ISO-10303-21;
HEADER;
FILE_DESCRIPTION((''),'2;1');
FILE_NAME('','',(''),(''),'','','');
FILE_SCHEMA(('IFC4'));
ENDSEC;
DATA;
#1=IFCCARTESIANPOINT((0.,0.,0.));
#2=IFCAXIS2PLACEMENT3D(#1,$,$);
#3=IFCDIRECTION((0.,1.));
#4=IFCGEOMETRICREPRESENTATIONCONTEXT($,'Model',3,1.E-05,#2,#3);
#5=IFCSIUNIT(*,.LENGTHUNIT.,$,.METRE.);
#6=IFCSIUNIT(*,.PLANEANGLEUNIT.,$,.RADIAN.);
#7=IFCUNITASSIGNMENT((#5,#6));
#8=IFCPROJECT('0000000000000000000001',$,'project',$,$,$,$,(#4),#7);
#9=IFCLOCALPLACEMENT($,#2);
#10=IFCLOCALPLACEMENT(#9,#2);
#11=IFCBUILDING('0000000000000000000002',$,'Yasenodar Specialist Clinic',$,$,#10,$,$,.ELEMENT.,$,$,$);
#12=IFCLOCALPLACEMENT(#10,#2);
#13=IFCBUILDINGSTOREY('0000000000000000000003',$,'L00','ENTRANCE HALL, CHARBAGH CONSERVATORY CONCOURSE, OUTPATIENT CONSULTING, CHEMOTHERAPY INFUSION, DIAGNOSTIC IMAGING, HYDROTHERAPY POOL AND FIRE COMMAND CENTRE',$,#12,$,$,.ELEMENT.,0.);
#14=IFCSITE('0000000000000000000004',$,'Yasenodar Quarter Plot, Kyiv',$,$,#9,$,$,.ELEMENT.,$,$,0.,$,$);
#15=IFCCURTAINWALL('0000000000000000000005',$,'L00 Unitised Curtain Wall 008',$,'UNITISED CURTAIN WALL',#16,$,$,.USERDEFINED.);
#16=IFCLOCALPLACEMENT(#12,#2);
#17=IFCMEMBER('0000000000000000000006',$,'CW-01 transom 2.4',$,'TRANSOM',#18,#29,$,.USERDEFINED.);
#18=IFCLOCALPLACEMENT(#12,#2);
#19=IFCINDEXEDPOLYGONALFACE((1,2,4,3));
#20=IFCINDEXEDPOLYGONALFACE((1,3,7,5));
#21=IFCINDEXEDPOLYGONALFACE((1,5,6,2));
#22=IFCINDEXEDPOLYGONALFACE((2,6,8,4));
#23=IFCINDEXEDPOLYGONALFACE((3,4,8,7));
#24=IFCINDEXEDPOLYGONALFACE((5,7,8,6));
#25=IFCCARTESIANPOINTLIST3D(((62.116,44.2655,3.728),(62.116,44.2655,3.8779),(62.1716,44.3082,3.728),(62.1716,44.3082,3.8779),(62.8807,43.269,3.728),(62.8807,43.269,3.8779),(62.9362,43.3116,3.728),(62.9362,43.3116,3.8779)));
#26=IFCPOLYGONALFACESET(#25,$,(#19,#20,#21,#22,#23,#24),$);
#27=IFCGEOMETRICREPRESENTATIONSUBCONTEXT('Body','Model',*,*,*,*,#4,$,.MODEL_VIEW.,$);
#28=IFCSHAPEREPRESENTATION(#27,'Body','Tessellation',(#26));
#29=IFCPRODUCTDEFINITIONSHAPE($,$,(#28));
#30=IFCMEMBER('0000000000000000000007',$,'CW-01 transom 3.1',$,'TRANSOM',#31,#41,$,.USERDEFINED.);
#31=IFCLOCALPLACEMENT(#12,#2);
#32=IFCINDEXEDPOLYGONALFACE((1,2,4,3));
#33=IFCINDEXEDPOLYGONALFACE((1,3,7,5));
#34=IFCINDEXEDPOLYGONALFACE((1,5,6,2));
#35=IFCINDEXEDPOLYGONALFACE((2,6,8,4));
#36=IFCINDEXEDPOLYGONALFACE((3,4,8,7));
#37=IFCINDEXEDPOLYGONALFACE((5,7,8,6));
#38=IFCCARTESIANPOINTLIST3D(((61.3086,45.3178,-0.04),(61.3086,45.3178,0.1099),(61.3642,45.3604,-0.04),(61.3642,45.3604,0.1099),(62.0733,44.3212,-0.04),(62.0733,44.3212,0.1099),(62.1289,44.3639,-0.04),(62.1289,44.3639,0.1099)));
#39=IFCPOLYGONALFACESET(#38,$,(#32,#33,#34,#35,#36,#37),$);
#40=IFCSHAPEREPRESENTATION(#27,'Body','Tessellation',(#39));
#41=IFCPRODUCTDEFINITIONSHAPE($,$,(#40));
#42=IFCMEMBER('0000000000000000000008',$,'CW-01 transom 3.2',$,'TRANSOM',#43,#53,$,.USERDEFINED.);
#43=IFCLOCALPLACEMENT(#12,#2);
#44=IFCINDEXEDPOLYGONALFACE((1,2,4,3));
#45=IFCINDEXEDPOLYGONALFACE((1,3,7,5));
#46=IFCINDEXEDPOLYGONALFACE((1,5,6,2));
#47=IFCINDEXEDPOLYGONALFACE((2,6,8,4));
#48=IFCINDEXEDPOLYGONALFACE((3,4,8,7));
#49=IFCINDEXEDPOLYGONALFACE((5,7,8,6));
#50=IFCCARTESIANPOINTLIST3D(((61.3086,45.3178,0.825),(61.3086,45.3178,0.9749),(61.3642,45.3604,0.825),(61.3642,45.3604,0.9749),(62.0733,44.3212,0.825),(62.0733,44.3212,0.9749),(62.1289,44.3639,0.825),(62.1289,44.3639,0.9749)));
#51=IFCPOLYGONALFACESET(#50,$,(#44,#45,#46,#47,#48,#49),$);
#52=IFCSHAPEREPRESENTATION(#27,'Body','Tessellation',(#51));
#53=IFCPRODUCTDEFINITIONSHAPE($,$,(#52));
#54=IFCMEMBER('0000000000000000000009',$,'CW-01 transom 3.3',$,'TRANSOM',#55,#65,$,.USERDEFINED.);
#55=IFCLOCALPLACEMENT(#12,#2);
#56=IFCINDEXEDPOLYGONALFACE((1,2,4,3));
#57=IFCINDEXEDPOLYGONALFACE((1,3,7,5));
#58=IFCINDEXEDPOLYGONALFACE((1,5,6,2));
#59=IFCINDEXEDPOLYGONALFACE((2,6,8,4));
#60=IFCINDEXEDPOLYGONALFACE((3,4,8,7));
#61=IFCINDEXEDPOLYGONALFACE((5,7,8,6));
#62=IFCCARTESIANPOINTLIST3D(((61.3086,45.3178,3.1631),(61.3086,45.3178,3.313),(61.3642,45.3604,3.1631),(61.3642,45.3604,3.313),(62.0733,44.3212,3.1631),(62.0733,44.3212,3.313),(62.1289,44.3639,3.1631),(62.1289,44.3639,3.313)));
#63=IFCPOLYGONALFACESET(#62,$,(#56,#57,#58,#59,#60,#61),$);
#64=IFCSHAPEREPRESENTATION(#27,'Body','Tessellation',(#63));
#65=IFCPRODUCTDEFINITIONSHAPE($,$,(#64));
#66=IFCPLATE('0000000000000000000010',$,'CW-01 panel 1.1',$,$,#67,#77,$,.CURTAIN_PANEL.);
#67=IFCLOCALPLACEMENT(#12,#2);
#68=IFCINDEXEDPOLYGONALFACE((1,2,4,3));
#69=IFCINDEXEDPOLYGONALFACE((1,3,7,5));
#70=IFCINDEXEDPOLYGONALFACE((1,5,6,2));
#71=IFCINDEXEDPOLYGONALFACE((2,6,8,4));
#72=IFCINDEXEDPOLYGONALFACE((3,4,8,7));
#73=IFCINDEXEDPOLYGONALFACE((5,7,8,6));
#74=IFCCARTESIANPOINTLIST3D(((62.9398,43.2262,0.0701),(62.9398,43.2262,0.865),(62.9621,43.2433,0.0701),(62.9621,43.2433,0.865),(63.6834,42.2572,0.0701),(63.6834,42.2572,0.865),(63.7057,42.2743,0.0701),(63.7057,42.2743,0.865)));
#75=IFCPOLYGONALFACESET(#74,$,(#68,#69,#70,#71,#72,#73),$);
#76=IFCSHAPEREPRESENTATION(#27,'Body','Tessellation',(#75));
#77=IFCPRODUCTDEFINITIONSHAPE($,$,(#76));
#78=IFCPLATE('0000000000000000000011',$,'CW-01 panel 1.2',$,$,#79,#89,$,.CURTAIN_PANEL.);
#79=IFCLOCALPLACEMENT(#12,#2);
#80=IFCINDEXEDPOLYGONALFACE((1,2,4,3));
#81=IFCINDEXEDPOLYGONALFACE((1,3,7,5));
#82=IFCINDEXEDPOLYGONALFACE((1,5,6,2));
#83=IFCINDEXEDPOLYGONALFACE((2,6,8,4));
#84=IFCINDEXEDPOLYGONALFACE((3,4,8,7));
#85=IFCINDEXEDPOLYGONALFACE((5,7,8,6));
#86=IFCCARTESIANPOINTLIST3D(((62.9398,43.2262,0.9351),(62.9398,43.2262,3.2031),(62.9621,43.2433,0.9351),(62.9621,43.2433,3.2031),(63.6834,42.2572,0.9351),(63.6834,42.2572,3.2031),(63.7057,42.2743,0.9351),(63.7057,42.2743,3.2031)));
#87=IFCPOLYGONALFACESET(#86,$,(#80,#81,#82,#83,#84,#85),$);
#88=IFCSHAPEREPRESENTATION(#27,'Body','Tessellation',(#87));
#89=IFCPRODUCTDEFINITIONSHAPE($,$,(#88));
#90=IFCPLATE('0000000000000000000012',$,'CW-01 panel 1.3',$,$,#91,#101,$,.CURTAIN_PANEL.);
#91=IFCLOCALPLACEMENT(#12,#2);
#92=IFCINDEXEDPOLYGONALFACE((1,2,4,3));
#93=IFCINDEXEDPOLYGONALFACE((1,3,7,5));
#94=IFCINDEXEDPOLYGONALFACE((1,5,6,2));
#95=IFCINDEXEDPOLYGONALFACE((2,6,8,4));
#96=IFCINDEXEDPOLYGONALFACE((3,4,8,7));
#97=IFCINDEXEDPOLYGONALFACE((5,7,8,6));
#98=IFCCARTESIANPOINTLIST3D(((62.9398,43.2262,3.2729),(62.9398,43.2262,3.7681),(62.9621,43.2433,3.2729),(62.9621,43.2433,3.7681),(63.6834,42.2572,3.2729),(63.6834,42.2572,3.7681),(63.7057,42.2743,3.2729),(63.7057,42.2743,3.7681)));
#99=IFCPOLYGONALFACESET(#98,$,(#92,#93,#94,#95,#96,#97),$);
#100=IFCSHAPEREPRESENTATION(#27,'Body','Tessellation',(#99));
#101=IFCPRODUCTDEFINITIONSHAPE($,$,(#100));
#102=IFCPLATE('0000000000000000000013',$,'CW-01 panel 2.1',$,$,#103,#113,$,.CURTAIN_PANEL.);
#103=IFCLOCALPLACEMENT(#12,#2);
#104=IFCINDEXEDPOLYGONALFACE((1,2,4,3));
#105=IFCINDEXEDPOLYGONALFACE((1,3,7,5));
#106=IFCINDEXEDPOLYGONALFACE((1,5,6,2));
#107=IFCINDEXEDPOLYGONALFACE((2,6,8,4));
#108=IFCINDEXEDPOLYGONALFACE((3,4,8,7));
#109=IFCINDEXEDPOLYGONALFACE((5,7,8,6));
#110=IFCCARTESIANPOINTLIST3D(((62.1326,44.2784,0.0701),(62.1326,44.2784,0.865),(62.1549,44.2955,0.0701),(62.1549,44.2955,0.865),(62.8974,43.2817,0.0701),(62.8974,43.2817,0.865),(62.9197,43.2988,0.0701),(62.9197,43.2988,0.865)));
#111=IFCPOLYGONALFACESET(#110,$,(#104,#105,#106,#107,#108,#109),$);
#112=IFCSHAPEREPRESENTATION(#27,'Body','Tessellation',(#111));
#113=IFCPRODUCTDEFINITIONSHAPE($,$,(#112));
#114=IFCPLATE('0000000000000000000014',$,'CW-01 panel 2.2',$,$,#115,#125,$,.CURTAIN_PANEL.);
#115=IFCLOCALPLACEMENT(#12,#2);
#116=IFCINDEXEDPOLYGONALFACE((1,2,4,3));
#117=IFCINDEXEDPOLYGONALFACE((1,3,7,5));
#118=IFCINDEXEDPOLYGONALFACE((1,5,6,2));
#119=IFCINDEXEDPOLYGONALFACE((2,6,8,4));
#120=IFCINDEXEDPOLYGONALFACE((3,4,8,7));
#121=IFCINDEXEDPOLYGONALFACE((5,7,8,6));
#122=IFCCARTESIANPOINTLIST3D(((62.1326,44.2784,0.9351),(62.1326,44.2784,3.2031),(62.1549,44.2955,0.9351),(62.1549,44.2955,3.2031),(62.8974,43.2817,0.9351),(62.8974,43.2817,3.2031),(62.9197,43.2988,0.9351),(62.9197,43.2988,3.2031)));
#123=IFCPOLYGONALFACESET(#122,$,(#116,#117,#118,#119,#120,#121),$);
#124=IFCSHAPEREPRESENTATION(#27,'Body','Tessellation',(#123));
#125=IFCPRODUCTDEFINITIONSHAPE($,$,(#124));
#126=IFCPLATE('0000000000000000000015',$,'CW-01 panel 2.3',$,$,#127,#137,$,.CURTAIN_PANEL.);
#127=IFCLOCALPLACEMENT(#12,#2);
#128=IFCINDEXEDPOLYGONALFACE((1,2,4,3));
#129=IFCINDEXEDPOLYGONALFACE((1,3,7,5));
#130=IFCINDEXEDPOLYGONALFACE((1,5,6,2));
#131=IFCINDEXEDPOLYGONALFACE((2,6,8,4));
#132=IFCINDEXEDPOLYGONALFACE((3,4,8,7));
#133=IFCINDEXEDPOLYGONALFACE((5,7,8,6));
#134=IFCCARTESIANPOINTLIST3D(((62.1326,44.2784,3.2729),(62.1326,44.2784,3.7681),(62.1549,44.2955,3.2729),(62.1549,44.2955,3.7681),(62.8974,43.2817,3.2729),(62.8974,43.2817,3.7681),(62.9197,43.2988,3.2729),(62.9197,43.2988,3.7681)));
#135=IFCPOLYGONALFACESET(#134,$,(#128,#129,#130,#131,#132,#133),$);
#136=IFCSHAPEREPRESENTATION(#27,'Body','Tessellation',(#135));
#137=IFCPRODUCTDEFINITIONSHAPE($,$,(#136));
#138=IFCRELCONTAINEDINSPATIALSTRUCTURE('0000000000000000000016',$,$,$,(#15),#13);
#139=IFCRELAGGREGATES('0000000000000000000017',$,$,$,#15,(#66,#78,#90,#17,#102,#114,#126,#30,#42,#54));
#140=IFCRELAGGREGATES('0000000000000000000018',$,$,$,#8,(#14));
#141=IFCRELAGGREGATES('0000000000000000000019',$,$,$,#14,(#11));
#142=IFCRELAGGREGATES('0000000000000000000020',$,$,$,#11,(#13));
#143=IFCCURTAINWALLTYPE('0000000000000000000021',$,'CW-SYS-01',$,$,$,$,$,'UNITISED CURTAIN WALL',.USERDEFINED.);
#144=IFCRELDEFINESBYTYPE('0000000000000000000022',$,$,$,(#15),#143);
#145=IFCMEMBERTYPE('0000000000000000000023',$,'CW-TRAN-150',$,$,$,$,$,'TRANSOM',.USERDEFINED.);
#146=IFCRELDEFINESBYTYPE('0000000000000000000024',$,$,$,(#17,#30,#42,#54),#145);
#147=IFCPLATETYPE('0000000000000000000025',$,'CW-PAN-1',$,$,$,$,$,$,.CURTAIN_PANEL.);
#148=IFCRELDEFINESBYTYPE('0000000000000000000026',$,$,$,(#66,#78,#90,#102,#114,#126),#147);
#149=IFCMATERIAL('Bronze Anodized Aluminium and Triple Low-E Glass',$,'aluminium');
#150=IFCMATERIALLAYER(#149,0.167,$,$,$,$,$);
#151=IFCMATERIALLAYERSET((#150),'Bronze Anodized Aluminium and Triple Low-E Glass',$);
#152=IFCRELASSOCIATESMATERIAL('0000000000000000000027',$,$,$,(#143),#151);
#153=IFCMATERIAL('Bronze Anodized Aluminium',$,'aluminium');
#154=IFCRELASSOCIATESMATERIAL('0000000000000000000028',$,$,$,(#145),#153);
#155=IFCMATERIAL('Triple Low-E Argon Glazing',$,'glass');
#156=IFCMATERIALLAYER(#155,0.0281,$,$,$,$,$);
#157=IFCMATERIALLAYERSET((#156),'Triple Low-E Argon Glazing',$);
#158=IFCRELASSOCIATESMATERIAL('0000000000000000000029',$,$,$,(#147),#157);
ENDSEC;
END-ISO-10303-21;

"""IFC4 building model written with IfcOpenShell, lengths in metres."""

from ifc_helpers import new_model, si_unit, direction, frame, origin, origin_2d, place, context, subcontext, project, spatial, rectangle, extrude, material, layer, layer_set, material_profile, profile_set, type_object, element, aggregate, save


model = new_model("IFC4")

# Units and contexts
model_context = context("Model", 3, precision=1e-05, world=origin(), true_north=direction((0.0, 1.0)))
body_context = subcontext(model_context, "Body", "Model", "MODEL_VIEW")
ifc_project = project(units=[si_unit("LENGTHUNIT", "METRE"), si_unit("PLANEANGLEUNIT", "RADIAN")], contexts=[model_context])

# Site, building, storey
site_placement = place(None, origin())
site = spatial("IfcSite", under=ifc_project, at=site_placement, Name="Yasenodar Quarter Plot, Kyiv", CompositionType="ELEMENT", RefElevation=0.0)
building_placement = place(site_placement, origin())
building = spatial("IfcBuilding", under=site, at=building_placement, Name="Yasenodar Specialist Clinic", CompositionType="ELEMENT")
storey_placement = place(building_placement, origin())
storey = spatial("IfcBuildingStorey", under=building, at=storey_placement, Name="L00", Description="ENTRANCE HALL, CHARBAGH CONSERVATORY CONCOURSE, OUTPATIENT CONSULTING, CHEMOTHERAPY INFUSION, DIAGNOSTIC IMAGING, HYDROTHERAPY POOL AND FIRE COMMAND CENTRE", CompositionType="ELEMENT", Elevation=0.0)

# Curtain wall, members, plates
ifc_material_1 = material(Name="Bronze Anodized Aluminium and Triple Low-E Glass", Category="aluminium")
ifc_layer_1 = layer(ifc_material_1, 0.167)
ifc_layer_set_1 = layer_set([ifc_layer_1], Name="Bronze Anodized Aluminium and Triple Low-E Glass")
curtain_wall_type = type_object("IfcCurtainWallType", Name="CW-SYS-01", ElementType="UNITISED CURTAIN WALL", PredefinedType="USERDEFINED", material=ifc_layer_set_1)
curtain_wall_placement = place(storey_placement, origin())
curtain_wall = element("IfcCurtainWall", 1, at=curtain_wall_placement, inside=storey, type_object=curtain_wall_type, Name="L00 Unitised Curtain Wall 008", ObjectType="UNITISED CURTAIN WALL", PredefinedType="USERDEFINED")
ifc_material_2 = material(Name="Bronze Anodized Aluminium", Category="aluminium")
ifc_material_profile_1 = material_profile(ifc_material_2, rectangle(XDim=0.0701, YDim=0.1499, at=origin_2d()), Name="CW-TRAN 70x150")
ifc_profile_set_1 = profile_set([ifc_material_profile_1], Name="Bronze Anodized Aluminium")
member_type_1 = type_object("IfcMemberType", Name="CW-TRAN-150", ElementType="TRANSOM", PredefinedType="USERDEFINED", material=ifc_profile_set_1)
member_1_placement = place(storey_placement, frame((62.9084, 43.2903, 3.803), z_axis=(-0.608733, 0.793375, 0.0), x_axis=(-0.793375, -0.608733, 0.0)))
member_1 = element("IfcMember", 2, at=member_1_placement, type_object=member_type_1, Name="CW-01 transom 2.4", ObjectType="TRANSOM", PredefinedType="USERDEFINED", context=body_context, shape_type="SweptSolid", body=[
    extrude(rectangle(XDim=0.0701, YDim=0.1499, at=origin_2d()), origin(), (0.0, 0.0, 1.0), 1.2561),
])
member_2_placement = place(storey_placement, frame((62.1011, 44.3425, 0.0349), z_axis=(-0.608733, 0.793375, 0.0), x_axis=(-0.793375, -0.608733, 0.0)))
member_2 = element("IfcMember", 3, at=member_2_placement, type_object=member_type_1, Name="CW-01 transom 3.1", ObjectType="TRANSOM", PredefinedType="USERDEFINED", context=body_context, shape_type="SweptSolid", body=[
    extrude(rectangle(XDim=0.0701, YDim=0.1499, at=origin_2d()), origin(), (0.0, 0.0, 1.0), 1.2561),
])
member_3_placement = place(storey_placement, frame((62.1011, 44.3425, 0.8999), z_axis=(-0.608733, 0.793375, 0.0), x_axis=(-0.793375, -0.608733, 0.0)))
member_3 = element("IfcMember", 4, at=member_3_placement, type_object=member_type_1, Name="CW-01 transom 3.2", ObjectType="TRANSOM", PredefinedType="USERDEFINED", context=body_context, shape_type="SweptSolid", body=[
    extrude(rectangle(XDim=0.0701, YDim=0.1499, at=origin_2d()), origin(), (0.0, 0.0, 1.0), 1.2561),
])
member_4_placement = place(storey_placement, frame((62.1011, 44.3425, 3.238), z_axis=(-0.608733, 0.793375, 0.0), x_axis=(-0.793375, -0.608733, 0.0)))
member_4 = element("IfcMember", 5, at=member_4_placement, type_object=member_type_1, Name="CW-01 transom 3.3", ObjectType="TRANSOM", PredefinedType="USERDEFINED", context=body_context, shape_type="SweptSolid", body=[
    extrude(rectangle(XDim=0.0701, YDim=0.1499, at=origin_2d()), origin(), (0.0, 0.0, 1.0), 1.2561),
])
ifc_material_3 = material(Name="Triple Low-E Argon Glazing", Category="glass")
ifc_layer_2 = layer(ifc_material_3, 0.0281)
ifc_layer_set_2 = layer_set([ifc_layer_2], Name="Triple Low-E Argon Glazing")
plate_type = type_object("IfcPlateType", Name="CW-PAN-1", PredefinedType="CURTAIN_PANEL", material=ifc_layer_set_2)
plate_1_placement = place(storey_placement, frame((63.3228, 42.7502, 0.0701), z_axis=(0.0, 0.0, 1.0), x_axis=(-0.608752, 0.793361, 0.0)))
plate_1 = element("IfcPlate", 6, at=plate_1_placement, type_object=plate_type, Name="CW-01 panel 1.1", PredefinedType="CURTAIN_PANEL", context=body_context, shape_type="SweptSolid", body=[
    extrude(rectangle(XDim=1.2214, YDim=0.0281, at=origin_2d()), origin(), (0.0, 0.0, 1.0), 0.7949),
])
plate_2_placement = place(storey_placement, frame((63.3228, 42.7502, 0.9351), z_axis=(0.0, 0.0, 1.0), x_axis=(-0.608752, 0.793361, 0.0)))
plate_2 = element("IfcPlate", 7, at=plate_2_placement, type_object=plate_type, Name="CW-01 panel 1.2", PredefinedType="CURTAIN_PANEL", context=body_context, shape_type="SweptSolid", body=[
    extrude(rectangle(XDim=1.2214, YDim=0.0281, at=origin_2d()), origin(), (0.0, 0.0, 1.0), 2.2681),
])
plate_3_placement = place(storey_placement, frame((63.3228, 42.7502, 3.2729), z_axis=(0.0, 0.0, 1.0), x_axis=(-0.608752, 0.793361, 0.0)))
plate_3 = element("IfcPlate", 8, at=plate_3_placement, type_object=plate_type, Name="CW-01 panel 1.3", PredefinedType="CURTAIN_PANEL", context=body_context, shape_type="SweptSolid", body=[
    extrude(rectangle(XDim=1.2214, YDim=0.0281, at=origin_2d()), origin(), (0.0, 0.0, 1.0), 0.4951),
])
plate_4_placement = place(storey_placement, frame((62.5261, 43.7886, 0.0701), z_axis=(0.0, 0.0, 1.0), x_axis=(-0.608752, 0.793361, 0.0)))
plate_4 = element("IfcPlate", 9, at=plate_4_placement, type_object=plate_type, Name="CW-01 panel 2.1", PredefinedType="CURTAIN_PANEL", context=body_context, shape_type="SweptSolid", body=[
    extrude(rectangle(XDim=1.2563, YDim=0.0281, at=origin_2d()), origin(), (0.0, 0.0, 1.0), 0.7949),
])
plate_5_placement = place(storey_placement, frame((62.5261, 43.7886, 0.9351), z_axis=(0.0, 0.0, 1.0), x_axis=(-0.608752, 0.793361, 0.0)))
plate_5 = element("IfcPlate", 10, at=plate_5_placement, type_object=plate_type, Name="CW-01 panel 2.2", PredefinedType="CURTAIN_PANEL", context=body_context, shape_type="SweptSolid", body=[
    extrude(rectangle(XDim=1.2563, YDim=0.0281, at=origin_2d()), origin(), (0.0, 0.0, 1.0), 2.2681),
])
plate_6_placement = place(storey_placement, frame((62.5261, 43.7886, 3.2729), z_axis=(0.0, 0.0, 1.0), x_axis=(-0.608752, 0.793361, 0.0)))
plate_6 = element("IfcPlate", 11, at=plate_6_placement, type_object=plate_type, Name="CW-01 panel 2.3", PredefinedType="CURTAIN_PANEL", context=body_context, shape_type="SweptSolid", body=[
    extrude(rectangle(XDim=1.2563, YDim=0.0281, at=origin_2d()), origin(), (0.0, 0.0, 1.0), 0.4951),
])
aggregate(curtain_wall, [plate_1, plate_2, plate_3, member_1, plate_4, plate_5, plate_6, member_2, member_3, member_4])

save(model, "model.ifc")
